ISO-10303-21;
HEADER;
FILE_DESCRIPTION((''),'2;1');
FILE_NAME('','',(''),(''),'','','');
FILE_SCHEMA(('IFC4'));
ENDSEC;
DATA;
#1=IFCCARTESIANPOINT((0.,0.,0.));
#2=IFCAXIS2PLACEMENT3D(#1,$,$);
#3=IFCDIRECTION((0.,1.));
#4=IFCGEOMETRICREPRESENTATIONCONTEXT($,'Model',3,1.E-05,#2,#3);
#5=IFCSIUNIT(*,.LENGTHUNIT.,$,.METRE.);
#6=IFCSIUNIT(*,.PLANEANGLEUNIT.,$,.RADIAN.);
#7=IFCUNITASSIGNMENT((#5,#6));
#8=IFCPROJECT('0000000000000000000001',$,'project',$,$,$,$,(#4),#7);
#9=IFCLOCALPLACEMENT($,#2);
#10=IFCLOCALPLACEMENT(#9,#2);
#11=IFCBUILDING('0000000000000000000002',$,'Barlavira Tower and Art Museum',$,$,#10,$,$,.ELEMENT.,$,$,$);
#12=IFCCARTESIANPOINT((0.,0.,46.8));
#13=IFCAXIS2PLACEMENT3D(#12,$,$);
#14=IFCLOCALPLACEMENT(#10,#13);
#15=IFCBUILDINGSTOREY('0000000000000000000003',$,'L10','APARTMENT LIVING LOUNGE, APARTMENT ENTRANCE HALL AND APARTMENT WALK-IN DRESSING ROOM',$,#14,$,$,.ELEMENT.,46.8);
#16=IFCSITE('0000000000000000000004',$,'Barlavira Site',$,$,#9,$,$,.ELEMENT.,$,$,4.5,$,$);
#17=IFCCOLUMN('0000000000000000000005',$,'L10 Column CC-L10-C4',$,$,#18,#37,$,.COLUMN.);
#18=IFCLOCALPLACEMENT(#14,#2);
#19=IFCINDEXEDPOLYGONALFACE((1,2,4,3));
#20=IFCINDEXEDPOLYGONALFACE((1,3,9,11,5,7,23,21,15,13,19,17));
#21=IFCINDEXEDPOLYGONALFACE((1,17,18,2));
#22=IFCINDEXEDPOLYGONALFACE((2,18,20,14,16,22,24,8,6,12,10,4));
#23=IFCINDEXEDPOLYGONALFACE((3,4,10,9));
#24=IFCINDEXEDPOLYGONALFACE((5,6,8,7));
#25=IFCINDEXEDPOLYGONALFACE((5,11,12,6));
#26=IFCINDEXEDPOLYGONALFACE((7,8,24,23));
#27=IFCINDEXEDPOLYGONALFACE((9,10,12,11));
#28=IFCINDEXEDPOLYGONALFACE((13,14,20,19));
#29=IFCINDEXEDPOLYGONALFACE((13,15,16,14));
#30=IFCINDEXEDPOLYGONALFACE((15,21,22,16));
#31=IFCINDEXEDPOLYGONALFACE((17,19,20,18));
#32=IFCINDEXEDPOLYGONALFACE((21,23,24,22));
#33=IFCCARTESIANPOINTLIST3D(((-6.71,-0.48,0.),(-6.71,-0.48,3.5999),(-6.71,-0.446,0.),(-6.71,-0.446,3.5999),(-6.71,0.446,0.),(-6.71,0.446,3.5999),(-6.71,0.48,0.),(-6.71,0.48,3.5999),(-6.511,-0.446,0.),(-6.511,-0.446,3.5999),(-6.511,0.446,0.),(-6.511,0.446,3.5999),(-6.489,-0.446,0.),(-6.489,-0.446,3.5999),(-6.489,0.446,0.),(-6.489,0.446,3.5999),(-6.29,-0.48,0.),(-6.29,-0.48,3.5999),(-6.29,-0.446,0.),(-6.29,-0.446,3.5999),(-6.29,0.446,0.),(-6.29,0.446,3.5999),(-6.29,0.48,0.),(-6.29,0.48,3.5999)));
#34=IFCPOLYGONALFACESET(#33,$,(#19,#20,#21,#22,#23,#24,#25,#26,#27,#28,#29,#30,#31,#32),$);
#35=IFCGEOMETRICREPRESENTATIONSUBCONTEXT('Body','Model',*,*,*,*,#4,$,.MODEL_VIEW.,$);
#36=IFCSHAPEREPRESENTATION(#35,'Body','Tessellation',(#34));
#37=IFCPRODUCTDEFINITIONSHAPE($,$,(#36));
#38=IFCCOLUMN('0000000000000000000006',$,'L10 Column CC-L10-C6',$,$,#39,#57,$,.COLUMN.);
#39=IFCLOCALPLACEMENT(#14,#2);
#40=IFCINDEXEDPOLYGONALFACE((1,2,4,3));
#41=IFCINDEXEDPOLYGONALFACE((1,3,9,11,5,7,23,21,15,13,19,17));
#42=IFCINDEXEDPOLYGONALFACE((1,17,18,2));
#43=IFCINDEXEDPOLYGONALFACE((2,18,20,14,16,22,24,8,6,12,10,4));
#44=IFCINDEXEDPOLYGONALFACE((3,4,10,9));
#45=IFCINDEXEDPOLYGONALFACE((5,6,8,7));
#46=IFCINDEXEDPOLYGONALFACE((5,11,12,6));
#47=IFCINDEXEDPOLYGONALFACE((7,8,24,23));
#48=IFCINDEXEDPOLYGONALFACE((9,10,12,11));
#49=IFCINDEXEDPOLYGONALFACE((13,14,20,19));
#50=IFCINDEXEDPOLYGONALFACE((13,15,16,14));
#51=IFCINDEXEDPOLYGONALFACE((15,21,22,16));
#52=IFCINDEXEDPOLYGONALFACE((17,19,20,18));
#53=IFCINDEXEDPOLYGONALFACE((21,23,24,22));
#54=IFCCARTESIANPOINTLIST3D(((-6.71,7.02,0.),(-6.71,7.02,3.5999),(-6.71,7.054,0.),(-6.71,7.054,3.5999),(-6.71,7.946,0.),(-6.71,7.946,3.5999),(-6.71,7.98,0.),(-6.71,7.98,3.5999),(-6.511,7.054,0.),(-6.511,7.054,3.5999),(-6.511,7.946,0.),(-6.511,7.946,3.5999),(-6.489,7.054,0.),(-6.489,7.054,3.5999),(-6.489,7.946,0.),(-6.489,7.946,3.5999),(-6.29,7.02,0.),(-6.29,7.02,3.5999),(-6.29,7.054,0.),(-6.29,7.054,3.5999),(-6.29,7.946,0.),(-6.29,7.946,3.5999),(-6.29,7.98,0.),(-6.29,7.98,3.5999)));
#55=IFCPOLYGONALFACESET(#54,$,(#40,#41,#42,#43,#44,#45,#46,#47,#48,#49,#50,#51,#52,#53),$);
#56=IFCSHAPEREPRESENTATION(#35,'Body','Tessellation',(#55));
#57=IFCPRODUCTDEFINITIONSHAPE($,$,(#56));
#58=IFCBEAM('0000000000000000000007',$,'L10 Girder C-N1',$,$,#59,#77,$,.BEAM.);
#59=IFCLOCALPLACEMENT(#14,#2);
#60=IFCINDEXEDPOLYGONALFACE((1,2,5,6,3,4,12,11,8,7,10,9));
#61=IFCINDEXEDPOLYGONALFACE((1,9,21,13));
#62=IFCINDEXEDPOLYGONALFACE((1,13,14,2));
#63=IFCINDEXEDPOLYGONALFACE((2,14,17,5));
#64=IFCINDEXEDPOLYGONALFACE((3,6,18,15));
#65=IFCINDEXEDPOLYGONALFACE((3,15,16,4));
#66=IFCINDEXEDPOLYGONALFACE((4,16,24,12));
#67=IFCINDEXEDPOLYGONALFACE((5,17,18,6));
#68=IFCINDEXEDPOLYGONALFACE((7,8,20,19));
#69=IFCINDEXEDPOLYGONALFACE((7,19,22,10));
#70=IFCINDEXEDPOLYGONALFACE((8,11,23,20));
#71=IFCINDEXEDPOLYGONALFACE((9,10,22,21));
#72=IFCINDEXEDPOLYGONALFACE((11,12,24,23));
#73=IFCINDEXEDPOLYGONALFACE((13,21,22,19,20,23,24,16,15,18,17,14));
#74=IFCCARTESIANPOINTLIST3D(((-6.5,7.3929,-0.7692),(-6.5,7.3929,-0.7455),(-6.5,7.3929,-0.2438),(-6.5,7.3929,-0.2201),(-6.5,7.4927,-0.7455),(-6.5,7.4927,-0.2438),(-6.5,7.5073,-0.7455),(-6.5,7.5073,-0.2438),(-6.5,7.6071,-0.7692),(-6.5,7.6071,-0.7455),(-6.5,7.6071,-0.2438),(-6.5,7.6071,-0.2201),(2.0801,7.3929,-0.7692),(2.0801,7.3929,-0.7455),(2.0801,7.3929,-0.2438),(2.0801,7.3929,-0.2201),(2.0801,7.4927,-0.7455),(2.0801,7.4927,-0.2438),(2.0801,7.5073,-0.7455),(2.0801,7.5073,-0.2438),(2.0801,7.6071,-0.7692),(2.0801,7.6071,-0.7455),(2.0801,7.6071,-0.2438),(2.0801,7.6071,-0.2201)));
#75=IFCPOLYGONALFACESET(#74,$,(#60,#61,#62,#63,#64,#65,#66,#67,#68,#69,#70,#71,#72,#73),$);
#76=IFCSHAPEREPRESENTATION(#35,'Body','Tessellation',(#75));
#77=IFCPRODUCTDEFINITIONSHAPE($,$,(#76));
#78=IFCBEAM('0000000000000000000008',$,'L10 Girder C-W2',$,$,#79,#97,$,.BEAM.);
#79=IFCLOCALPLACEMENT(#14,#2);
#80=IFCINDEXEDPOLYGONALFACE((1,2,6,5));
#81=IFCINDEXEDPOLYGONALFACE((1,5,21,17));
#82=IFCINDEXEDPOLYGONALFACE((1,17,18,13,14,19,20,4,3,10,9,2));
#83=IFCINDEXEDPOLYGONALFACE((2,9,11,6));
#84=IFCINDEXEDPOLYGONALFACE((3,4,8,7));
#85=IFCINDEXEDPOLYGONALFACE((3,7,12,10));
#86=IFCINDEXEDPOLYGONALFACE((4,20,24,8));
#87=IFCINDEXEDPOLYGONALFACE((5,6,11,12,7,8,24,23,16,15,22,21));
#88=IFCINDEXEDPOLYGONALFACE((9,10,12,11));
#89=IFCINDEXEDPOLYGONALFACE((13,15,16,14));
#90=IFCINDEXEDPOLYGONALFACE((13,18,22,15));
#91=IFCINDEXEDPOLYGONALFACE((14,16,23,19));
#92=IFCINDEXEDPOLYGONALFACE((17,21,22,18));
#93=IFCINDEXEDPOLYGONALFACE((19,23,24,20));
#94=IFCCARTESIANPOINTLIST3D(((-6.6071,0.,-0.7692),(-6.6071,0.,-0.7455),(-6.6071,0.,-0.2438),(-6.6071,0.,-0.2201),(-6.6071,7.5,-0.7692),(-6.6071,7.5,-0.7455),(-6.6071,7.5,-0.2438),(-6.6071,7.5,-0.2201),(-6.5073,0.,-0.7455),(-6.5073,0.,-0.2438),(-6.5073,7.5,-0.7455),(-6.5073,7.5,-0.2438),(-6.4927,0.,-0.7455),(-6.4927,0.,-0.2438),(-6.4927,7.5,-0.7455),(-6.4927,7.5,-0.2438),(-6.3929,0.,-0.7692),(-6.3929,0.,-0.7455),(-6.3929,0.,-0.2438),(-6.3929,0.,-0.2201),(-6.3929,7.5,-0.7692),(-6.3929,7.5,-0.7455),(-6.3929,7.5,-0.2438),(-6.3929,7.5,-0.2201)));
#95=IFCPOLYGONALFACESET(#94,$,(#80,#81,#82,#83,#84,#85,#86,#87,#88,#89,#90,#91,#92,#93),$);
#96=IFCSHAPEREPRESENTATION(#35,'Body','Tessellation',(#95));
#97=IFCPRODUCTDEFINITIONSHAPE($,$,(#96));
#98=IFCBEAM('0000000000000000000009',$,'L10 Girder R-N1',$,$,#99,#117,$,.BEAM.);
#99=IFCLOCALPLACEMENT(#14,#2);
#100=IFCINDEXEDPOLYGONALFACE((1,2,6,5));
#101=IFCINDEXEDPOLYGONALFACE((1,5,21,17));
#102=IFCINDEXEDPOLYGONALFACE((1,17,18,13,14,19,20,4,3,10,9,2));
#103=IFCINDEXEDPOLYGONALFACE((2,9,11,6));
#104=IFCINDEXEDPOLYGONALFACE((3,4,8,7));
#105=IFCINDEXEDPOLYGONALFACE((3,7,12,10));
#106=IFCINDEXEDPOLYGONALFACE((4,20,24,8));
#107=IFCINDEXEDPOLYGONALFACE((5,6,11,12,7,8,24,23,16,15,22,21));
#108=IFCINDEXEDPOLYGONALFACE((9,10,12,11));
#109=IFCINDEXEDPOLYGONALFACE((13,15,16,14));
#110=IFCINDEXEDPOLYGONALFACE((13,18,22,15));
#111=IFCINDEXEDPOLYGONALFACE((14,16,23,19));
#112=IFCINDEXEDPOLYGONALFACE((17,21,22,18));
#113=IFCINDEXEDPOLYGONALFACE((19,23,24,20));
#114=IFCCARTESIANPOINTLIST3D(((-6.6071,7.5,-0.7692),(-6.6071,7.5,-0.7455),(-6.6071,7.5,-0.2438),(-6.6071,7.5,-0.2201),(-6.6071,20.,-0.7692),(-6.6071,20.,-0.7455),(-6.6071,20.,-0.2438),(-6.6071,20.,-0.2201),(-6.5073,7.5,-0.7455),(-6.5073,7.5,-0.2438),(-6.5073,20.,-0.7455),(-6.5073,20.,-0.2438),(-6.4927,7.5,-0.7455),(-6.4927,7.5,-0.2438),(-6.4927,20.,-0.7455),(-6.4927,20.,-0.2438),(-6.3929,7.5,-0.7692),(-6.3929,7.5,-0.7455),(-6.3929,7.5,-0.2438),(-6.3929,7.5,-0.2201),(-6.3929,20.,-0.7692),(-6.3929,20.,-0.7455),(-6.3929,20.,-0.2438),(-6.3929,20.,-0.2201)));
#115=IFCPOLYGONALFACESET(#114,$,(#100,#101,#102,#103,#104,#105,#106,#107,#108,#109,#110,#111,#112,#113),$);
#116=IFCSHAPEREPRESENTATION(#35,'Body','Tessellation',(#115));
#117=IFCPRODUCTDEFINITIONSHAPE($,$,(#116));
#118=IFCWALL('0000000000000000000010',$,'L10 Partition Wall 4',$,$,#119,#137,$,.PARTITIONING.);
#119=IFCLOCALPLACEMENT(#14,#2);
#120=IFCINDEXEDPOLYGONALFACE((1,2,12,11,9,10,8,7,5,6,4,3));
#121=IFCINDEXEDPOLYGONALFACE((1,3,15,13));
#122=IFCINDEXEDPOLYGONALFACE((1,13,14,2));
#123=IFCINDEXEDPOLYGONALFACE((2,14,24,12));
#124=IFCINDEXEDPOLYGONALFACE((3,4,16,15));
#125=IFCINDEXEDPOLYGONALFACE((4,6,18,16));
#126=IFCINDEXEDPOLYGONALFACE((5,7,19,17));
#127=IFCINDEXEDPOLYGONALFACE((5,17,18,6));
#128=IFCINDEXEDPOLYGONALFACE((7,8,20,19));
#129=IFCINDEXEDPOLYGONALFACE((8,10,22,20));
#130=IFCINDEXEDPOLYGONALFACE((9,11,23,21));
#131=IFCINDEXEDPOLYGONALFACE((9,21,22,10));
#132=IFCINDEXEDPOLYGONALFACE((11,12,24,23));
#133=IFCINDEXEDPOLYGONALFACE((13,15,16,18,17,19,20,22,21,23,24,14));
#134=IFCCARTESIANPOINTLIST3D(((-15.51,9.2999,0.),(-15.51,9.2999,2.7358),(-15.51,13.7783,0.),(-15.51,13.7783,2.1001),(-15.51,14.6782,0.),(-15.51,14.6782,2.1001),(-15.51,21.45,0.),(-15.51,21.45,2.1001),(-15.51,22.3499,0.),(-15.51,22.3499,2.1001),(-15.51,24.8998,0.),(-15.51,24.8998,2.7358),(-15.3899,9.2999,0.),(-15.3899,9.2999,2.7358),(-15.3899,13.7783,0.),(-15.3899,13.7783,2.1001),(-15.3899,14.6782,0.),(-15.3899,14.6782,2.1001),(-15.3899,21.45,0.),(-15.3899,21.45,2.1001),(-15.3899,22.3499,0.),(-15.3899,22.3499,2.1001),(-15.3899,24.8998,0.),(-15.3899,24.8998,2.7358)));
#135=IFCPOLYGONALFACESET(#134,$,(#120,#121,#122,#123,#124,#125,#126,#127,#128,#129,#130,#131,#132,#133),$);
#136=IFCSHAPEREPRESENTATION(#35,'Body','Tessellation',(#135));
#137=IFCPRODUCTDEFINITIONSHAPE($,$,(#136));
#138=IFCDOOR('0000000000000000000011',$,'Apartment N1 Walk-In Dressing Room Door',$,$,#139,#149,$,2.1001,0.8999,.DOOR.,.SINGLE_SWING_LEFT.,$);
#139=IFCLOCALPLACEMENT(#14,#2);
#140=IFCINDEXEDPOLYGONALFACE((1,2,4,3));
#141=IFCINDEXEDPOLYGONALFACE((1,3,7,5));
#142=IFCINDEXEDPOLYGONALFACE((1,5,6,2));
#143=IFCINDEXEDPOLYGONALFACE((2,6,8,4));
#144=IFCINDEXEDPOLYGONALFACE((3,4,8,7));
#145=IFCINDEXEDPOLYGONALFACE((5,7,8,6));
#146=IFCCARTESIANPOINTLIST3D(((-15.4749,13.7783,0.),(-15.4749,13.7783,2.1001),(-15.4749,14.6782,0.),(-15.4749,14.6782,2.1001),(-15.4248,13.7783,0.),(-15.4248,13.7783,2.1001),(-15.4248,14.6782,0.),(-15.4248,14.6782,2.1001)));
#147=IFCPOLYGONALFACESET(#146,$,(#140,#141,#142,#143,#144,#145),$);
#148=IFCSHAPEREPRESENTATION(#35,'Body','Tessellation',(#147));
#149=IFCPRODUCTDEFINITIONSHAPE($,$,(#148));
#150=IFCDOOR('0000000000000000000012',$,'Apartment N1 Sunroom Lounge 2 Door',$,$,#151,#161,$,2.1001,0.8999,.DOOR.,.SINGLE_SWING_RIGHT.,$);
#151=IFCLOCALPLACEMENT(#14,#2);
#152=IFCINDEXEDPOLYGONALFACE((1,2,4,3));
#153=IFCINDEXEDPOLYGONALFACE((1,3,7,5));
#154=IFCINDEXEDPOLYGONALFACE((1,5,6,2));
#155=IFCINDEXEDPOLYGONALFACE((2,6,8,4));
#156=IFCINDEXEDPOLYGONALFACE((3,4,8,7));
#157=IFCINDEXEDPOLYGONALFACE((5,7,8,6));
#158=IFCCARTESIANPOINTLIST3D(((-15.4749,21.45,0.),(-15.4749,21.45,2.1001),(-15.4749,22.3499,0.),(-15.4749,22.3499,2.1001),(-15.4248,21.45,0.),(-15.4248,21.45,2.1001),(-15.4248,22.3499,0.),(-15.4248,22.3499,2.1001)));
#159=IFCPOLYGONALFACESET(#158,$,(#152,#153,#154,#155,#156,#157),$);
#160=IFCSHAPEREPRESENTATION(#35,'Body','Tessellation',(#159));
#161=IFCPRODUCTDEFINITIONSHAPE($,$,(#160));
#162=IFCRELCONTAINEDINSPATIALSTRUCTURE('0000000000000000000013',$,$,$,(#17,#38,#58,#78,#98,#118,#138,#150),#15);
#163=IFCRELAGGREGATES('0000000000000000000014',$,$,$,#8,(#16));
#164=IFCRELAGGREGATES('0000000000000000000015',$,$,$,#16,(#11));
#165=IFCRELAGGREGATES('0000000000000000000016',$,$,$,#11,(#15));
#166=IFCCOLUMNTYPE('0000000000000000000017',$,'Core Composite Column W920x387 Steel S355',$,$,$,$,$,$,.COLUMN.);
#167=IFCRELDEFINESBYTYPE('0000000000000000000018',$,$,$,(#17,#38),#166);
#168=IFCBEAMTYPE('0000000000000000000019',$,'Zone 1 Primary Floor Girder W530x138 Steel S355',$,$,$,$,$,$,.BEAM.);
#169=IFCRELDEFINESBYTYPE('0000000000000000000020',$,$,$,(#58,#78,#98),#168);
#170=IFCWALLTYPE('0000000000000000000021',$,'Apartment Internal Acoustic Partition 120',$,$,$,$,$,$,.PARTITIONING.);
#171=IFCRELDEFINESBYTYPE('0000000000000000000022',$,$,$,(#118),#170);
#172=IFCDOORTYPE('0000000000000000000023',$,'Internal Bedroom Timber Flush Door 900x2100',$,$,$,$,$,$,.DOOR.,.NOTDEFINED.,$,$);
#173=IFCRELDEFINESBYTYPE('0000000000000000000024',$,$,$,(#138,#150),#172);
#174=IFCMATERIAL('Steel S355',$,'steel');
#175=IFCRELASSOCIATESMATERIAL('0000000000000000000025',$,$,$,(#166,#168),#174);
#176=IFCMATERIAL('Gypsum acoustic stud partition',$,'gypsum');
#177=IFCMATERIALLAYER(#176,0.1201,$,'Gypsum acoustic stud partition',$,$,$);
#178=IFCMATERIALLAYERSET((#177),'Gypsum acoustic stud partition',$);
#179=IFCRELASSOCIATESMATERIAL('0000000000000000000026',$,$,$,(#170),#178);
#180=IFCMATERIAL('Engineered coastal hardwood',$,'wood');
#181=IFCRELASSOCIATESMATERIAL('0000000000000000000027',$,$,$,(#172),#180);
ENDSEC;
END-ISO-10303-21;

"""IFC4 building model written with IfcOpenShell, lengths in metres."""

from ifc_helpers import new_model, si_unit, direction, frame, frame_2d, origin, origin_2d, place, context, subcontext, project, spatial, rectangle, i_section, extrude, material, layer, layer_set, material_profile, profile_set, type_object, element, fill, save


model = new_model("IFC4")

# Units and contexts
model_context = context("Model", 3, precision=1e-05, world=origin(), true_north=direction((0.0, 1.0)))
body_context = subcontext(model_context, "Body", "Model", "MODEL_VIEW")
ifc_project = project(units=[si_unit("LENGTHUNIT", "METRE"), si_unit("PLANEANGLEUNIT", "RADIAN")], contexts=[model_context])

# Site, building, storey
site_placement = place(None, origin())
site = spatial("IfcSite", under=ifc_project, at=site_placement, Name="Barlavira Site", CompositionType="ELEMENT", RefElevation=4.5)
building_placement = place(site_placement, origin())
building = spatial("IfcBuilding", under=site, at=building_placement, Name="Barlavira Tower and Art Museum", CompositionType="ELEMENT")
storey_placement = place(building_placement, frame((0.0, 0.0, 46.8)))
storey = spatial("IfcBuildingStorey", under=building, at=storey_placement, Name="L10", Description="APARTMENT LIVING LOUNGE, APARTMENT ENTRANCE HALL AND APARTMENT WALK-IN DRESSING ROOM", CompositionType="ELEMENT", Elevation=46.8)

# Columns
ifc_material_1 = material(Name="Steel S355", Category="steel")
ifc_material_profile_1 = material_profile(ifc_material_1, i_section(OverallWidth=0.4199, OverallDepth=0.96, WebThickness=0.022, FlangeThickness=0.0339, at=origin_2d()), Name="W920x387.0")
ifc_profile_set_1 = profile_set([ifc_material_profile_1], Name="Steel S355")
column_type = type_object("IfcColumnType", Name="Core Composite Column W920x387 Steel S355", PredefinedType="COLUMN", material=ifc_profile_set_1)
for number, where, z_axis, x_axis, name in (
    (1, (-6.5, 0.0, 0.0), (0.0, 0.0, 1.0), (1.0, 0.0, 0.0), "L10 Column CC-L10-C4"),
    (2, (-6.5, 7.5, 0.0), (0.0, 0.0, 1.0), (1.0, 0.0, 0.0), "L10 Column CC-L10-C6"),
):
    element("IfcColumn", number, at=place(storey_placement, frame(where, z_axis=z_axis, x_axis=x_axis)), inside=storey, type_object=column_type, Name=name, PredefinedType="COLUMN", context=body_context, shape_type="SweptSolid", body=[
        extrude(i_section(OverallWidth=0.4199, OverallDepth=0.96, WebThickness=0.022, FlangeThickness=0.0339, at=origin_2d()), origin(), (0.0, 0.0, 1.0), 3.5999),
    ])

# Beams
ifc_material_profile_2 = material_profile(ifc_material_1, i_section(OverallWidth=0.2141, OverallDepth=0.5491, WebThickness=0.0146, FlangeThickness=0.0237, at=origin_2d()), Name="W530x138.0")
ifc_profile_set_2 = profile_set([ifc_material_profile_2], Name="Steel S355")
beam_type = type_object("IfcBeamType", Name="Zone 1 Primary Floor Girder W530x138 Steel S355", PredefinedType="BEAM", material=ifc_profile_set_2)
beam_1_placement = place(storey_placement, frame((-6.5, 7.5, -0.4946), z_axis=(1.0, 0.0, 0.0), x_axis=(0.0, 1.0, 0.0)))
element("IfcBeam", 3, at=beam_1_placement, inside=storey, type_object=beam_type, Name="L10 Girder C-N1", PredefinedType="BEAM", context=body_context, shape_type="SweptSolid", body=[
    extrude(i_section(OverallWidth=0.2141, OverallDepth=0.5491, WebThickness=0.0146, FlangeThickness=0.0237, at=origin_2d()), origin(), (0.0, 0.0, 1.0), 8.5801),
])
beam_2_placement = place(storey_placement, frame((-6.5, 0.0, -0.4946), z_axis=(0.0, 1.0, 0.0), x_axis=(-1.0, 0.0, 0.0)))
element("IfcBeam", 4, at=beam_2_placement, inside=storey, type_object=beam_type, Name="L10 Girder C-W2", PredefinedType="BEAM", context=body_context, shape_type="SweptSolid", body=[
    extrude(i_section(OverallWidth=0.2141, OverallDepth=0.5491, WebThickness=0.0146, FlangeThickness=0.0237, at=origin_2d()), origin(), (0.0, 0.0, 1.0), 7.5),
])
beam_3_placement = place(storey_placement, frame((-6.5, 7.5, -0.4946), z_axis=(0.0, 1.0, 0.0), x_axis=(-1.0, 0.0, 0.0)))
element("IfcBeam", 5, at=beam_3_placement, inside=storey, type_object=beam_type, Name="L10 Girder R-N1", PredefinedType="BEAM", context=body_context, shape_type="SweptSolid", body=[
    extrude(i_section(OverallWidth=0.2141, OverallDepth=0.5491, WebThickness=0.0146, FlangeThickness=0.0237, at=origin_2d()), origin(), (0.0, 0.0, 1.0), 12.5),
])

# Wall, openings, doors
ifc_material_2 = material(Name="Gypsum acoustic stud partition", Category="gypsum")
ifc_layer_1 = layer(ifc_material_2, 0.1201, Name="Gypsum acoustic stud partition")
ifc_layer_set_1 = layer_set([ifc_layer_1], Name="Gypsum acoustic stud partition")
wall_type_1 = type_object("IfcWallType", Name="Apartment Internal Acoustic Partition 120", PredefinedType="PARTITIONING", material=ifc_layer_set_1)
wall_1_placement = place(storey_placement, frame((-15.45, 9.3, 0.0), z_axis=(0.0, 0.0, 1.0), x_axis=(0.0, 1.0, 0.0)))
wall_1 = element("IfcWall", 6, at=wall_1_placement, inside=storey, type_object=wall_type_1, Name="L10 Partition Wall 4", PredefinedType="PARTITIONING", context=body_context, shape_type="SweptSolid", body=[
    extrude(rectangle(XDim=15.5999, YDim=0.1201, at=frame_2d((7.7998, 0.0))), origin(), (0.0, 0.0, 1.0), 2.7358),
])
opening_1_placement = place(wall_1_placement, frame((4.4783, 0.0, 0.0)))
opening_1 = element("IfcOpeningElement", 7, at=opening_1_placement, cuts=wall_1, PredefinedType="OPENING", context=body_context, shape_type="SweptSolid", body=[
    extrude(rectangle(XDim=0.8999, YDim=2.1001, at=frame_2d((0.45, 1.05))), frame((0.0, 0.0701, 0.0), z_axis=(0.0, -1.0, 0.0), x_axis=(1.0, 0.0, 0.0)), (0.0, 0.0, 1.0), 0.1401),
])
opening_2_placement = place(wall_1_placement, frame((12.1499, 0.0, 0.0)))
opening_2 = element("IfcOpeningElement", 8, at=opening_2_placement, cuts=wall_1, PredefinedType="OPENING", context=body_context, shape_type="SweptSolid", body=[
    extrude(rectangle(XDim=0.8999, YDim=2.1001, at=frame_2d((0.45, 1.05))), frame((0.0, 0.0701, 0.0), z_axis=(0.0, -1.0, 0.0), x_axis=(1.0, 0.0, 0.0)), (0.0, 0.0, 1.0), 0.1401),
])
ifc_material_3 = material(Name="Engineered coastal hardwood", Category="wood")
door_type_1 = type_object("IfcDoorType", Name="Internal Bedroom Timber Flush Door 900x2100", OperationType="NOTDEFINED", PredefinedType="DOOR", material=ifc_material_3)
door_1_placement = place(opening_1_placement, origin())
door_1 = element("IfcDoor", 9, at=door_1_placement, inside=storey, type_object=door_type_1, Name="Apartment N1 Walk-In Dressing Room Door", OperationType="SINGLE_SWING_LEFT", OverallHeight=2.1001, OverallWidth=0.8999, PredefinedType="DOOR", context=body_context, shape_type="SweptSolid", body=[
    extrude(rectangle(XDim=0.8999, YDim=2.1001, at=frame_2d((0.45, 1.05))), frame((0.0, 0.0249, 0.0), z_axis=(0.0, -1.0, 0.0), x_axis=(1.0, 0.0, 0.0)), (0.0, 0.0, 1.0), 0.05),
])
fill(opening_1, door_1)
door_2_placement = place(opening_2_placement, origin())
door_2 = element("IfcDoor", 10, at=door_2_placement, inside=storey, type_object=door_type_1, Name="Apartment N1 Sunroom Lounge 2 Door", OperationType="SINGLE_SWING_RIGHT", OverallHeight=2.1001, OverallWidth=0.8999, PredefinedType="DOOR", context=body_context, shape_type="SweptSolid", body=[
    extrude(rectangle(XDim=0.8999, YDim=2.1001, at=frame_2d((0.45, 1.05))), frame((0.0, 0.0249, 0.0), z_axis=(0.0, -1.0, 0.0), x_axis=(1.0, 0.0, 0.0)), (0.0, 0.0, 1.0), 0.05),
])
fill(opening_2, door_2)

save(model, "model.ifc")
